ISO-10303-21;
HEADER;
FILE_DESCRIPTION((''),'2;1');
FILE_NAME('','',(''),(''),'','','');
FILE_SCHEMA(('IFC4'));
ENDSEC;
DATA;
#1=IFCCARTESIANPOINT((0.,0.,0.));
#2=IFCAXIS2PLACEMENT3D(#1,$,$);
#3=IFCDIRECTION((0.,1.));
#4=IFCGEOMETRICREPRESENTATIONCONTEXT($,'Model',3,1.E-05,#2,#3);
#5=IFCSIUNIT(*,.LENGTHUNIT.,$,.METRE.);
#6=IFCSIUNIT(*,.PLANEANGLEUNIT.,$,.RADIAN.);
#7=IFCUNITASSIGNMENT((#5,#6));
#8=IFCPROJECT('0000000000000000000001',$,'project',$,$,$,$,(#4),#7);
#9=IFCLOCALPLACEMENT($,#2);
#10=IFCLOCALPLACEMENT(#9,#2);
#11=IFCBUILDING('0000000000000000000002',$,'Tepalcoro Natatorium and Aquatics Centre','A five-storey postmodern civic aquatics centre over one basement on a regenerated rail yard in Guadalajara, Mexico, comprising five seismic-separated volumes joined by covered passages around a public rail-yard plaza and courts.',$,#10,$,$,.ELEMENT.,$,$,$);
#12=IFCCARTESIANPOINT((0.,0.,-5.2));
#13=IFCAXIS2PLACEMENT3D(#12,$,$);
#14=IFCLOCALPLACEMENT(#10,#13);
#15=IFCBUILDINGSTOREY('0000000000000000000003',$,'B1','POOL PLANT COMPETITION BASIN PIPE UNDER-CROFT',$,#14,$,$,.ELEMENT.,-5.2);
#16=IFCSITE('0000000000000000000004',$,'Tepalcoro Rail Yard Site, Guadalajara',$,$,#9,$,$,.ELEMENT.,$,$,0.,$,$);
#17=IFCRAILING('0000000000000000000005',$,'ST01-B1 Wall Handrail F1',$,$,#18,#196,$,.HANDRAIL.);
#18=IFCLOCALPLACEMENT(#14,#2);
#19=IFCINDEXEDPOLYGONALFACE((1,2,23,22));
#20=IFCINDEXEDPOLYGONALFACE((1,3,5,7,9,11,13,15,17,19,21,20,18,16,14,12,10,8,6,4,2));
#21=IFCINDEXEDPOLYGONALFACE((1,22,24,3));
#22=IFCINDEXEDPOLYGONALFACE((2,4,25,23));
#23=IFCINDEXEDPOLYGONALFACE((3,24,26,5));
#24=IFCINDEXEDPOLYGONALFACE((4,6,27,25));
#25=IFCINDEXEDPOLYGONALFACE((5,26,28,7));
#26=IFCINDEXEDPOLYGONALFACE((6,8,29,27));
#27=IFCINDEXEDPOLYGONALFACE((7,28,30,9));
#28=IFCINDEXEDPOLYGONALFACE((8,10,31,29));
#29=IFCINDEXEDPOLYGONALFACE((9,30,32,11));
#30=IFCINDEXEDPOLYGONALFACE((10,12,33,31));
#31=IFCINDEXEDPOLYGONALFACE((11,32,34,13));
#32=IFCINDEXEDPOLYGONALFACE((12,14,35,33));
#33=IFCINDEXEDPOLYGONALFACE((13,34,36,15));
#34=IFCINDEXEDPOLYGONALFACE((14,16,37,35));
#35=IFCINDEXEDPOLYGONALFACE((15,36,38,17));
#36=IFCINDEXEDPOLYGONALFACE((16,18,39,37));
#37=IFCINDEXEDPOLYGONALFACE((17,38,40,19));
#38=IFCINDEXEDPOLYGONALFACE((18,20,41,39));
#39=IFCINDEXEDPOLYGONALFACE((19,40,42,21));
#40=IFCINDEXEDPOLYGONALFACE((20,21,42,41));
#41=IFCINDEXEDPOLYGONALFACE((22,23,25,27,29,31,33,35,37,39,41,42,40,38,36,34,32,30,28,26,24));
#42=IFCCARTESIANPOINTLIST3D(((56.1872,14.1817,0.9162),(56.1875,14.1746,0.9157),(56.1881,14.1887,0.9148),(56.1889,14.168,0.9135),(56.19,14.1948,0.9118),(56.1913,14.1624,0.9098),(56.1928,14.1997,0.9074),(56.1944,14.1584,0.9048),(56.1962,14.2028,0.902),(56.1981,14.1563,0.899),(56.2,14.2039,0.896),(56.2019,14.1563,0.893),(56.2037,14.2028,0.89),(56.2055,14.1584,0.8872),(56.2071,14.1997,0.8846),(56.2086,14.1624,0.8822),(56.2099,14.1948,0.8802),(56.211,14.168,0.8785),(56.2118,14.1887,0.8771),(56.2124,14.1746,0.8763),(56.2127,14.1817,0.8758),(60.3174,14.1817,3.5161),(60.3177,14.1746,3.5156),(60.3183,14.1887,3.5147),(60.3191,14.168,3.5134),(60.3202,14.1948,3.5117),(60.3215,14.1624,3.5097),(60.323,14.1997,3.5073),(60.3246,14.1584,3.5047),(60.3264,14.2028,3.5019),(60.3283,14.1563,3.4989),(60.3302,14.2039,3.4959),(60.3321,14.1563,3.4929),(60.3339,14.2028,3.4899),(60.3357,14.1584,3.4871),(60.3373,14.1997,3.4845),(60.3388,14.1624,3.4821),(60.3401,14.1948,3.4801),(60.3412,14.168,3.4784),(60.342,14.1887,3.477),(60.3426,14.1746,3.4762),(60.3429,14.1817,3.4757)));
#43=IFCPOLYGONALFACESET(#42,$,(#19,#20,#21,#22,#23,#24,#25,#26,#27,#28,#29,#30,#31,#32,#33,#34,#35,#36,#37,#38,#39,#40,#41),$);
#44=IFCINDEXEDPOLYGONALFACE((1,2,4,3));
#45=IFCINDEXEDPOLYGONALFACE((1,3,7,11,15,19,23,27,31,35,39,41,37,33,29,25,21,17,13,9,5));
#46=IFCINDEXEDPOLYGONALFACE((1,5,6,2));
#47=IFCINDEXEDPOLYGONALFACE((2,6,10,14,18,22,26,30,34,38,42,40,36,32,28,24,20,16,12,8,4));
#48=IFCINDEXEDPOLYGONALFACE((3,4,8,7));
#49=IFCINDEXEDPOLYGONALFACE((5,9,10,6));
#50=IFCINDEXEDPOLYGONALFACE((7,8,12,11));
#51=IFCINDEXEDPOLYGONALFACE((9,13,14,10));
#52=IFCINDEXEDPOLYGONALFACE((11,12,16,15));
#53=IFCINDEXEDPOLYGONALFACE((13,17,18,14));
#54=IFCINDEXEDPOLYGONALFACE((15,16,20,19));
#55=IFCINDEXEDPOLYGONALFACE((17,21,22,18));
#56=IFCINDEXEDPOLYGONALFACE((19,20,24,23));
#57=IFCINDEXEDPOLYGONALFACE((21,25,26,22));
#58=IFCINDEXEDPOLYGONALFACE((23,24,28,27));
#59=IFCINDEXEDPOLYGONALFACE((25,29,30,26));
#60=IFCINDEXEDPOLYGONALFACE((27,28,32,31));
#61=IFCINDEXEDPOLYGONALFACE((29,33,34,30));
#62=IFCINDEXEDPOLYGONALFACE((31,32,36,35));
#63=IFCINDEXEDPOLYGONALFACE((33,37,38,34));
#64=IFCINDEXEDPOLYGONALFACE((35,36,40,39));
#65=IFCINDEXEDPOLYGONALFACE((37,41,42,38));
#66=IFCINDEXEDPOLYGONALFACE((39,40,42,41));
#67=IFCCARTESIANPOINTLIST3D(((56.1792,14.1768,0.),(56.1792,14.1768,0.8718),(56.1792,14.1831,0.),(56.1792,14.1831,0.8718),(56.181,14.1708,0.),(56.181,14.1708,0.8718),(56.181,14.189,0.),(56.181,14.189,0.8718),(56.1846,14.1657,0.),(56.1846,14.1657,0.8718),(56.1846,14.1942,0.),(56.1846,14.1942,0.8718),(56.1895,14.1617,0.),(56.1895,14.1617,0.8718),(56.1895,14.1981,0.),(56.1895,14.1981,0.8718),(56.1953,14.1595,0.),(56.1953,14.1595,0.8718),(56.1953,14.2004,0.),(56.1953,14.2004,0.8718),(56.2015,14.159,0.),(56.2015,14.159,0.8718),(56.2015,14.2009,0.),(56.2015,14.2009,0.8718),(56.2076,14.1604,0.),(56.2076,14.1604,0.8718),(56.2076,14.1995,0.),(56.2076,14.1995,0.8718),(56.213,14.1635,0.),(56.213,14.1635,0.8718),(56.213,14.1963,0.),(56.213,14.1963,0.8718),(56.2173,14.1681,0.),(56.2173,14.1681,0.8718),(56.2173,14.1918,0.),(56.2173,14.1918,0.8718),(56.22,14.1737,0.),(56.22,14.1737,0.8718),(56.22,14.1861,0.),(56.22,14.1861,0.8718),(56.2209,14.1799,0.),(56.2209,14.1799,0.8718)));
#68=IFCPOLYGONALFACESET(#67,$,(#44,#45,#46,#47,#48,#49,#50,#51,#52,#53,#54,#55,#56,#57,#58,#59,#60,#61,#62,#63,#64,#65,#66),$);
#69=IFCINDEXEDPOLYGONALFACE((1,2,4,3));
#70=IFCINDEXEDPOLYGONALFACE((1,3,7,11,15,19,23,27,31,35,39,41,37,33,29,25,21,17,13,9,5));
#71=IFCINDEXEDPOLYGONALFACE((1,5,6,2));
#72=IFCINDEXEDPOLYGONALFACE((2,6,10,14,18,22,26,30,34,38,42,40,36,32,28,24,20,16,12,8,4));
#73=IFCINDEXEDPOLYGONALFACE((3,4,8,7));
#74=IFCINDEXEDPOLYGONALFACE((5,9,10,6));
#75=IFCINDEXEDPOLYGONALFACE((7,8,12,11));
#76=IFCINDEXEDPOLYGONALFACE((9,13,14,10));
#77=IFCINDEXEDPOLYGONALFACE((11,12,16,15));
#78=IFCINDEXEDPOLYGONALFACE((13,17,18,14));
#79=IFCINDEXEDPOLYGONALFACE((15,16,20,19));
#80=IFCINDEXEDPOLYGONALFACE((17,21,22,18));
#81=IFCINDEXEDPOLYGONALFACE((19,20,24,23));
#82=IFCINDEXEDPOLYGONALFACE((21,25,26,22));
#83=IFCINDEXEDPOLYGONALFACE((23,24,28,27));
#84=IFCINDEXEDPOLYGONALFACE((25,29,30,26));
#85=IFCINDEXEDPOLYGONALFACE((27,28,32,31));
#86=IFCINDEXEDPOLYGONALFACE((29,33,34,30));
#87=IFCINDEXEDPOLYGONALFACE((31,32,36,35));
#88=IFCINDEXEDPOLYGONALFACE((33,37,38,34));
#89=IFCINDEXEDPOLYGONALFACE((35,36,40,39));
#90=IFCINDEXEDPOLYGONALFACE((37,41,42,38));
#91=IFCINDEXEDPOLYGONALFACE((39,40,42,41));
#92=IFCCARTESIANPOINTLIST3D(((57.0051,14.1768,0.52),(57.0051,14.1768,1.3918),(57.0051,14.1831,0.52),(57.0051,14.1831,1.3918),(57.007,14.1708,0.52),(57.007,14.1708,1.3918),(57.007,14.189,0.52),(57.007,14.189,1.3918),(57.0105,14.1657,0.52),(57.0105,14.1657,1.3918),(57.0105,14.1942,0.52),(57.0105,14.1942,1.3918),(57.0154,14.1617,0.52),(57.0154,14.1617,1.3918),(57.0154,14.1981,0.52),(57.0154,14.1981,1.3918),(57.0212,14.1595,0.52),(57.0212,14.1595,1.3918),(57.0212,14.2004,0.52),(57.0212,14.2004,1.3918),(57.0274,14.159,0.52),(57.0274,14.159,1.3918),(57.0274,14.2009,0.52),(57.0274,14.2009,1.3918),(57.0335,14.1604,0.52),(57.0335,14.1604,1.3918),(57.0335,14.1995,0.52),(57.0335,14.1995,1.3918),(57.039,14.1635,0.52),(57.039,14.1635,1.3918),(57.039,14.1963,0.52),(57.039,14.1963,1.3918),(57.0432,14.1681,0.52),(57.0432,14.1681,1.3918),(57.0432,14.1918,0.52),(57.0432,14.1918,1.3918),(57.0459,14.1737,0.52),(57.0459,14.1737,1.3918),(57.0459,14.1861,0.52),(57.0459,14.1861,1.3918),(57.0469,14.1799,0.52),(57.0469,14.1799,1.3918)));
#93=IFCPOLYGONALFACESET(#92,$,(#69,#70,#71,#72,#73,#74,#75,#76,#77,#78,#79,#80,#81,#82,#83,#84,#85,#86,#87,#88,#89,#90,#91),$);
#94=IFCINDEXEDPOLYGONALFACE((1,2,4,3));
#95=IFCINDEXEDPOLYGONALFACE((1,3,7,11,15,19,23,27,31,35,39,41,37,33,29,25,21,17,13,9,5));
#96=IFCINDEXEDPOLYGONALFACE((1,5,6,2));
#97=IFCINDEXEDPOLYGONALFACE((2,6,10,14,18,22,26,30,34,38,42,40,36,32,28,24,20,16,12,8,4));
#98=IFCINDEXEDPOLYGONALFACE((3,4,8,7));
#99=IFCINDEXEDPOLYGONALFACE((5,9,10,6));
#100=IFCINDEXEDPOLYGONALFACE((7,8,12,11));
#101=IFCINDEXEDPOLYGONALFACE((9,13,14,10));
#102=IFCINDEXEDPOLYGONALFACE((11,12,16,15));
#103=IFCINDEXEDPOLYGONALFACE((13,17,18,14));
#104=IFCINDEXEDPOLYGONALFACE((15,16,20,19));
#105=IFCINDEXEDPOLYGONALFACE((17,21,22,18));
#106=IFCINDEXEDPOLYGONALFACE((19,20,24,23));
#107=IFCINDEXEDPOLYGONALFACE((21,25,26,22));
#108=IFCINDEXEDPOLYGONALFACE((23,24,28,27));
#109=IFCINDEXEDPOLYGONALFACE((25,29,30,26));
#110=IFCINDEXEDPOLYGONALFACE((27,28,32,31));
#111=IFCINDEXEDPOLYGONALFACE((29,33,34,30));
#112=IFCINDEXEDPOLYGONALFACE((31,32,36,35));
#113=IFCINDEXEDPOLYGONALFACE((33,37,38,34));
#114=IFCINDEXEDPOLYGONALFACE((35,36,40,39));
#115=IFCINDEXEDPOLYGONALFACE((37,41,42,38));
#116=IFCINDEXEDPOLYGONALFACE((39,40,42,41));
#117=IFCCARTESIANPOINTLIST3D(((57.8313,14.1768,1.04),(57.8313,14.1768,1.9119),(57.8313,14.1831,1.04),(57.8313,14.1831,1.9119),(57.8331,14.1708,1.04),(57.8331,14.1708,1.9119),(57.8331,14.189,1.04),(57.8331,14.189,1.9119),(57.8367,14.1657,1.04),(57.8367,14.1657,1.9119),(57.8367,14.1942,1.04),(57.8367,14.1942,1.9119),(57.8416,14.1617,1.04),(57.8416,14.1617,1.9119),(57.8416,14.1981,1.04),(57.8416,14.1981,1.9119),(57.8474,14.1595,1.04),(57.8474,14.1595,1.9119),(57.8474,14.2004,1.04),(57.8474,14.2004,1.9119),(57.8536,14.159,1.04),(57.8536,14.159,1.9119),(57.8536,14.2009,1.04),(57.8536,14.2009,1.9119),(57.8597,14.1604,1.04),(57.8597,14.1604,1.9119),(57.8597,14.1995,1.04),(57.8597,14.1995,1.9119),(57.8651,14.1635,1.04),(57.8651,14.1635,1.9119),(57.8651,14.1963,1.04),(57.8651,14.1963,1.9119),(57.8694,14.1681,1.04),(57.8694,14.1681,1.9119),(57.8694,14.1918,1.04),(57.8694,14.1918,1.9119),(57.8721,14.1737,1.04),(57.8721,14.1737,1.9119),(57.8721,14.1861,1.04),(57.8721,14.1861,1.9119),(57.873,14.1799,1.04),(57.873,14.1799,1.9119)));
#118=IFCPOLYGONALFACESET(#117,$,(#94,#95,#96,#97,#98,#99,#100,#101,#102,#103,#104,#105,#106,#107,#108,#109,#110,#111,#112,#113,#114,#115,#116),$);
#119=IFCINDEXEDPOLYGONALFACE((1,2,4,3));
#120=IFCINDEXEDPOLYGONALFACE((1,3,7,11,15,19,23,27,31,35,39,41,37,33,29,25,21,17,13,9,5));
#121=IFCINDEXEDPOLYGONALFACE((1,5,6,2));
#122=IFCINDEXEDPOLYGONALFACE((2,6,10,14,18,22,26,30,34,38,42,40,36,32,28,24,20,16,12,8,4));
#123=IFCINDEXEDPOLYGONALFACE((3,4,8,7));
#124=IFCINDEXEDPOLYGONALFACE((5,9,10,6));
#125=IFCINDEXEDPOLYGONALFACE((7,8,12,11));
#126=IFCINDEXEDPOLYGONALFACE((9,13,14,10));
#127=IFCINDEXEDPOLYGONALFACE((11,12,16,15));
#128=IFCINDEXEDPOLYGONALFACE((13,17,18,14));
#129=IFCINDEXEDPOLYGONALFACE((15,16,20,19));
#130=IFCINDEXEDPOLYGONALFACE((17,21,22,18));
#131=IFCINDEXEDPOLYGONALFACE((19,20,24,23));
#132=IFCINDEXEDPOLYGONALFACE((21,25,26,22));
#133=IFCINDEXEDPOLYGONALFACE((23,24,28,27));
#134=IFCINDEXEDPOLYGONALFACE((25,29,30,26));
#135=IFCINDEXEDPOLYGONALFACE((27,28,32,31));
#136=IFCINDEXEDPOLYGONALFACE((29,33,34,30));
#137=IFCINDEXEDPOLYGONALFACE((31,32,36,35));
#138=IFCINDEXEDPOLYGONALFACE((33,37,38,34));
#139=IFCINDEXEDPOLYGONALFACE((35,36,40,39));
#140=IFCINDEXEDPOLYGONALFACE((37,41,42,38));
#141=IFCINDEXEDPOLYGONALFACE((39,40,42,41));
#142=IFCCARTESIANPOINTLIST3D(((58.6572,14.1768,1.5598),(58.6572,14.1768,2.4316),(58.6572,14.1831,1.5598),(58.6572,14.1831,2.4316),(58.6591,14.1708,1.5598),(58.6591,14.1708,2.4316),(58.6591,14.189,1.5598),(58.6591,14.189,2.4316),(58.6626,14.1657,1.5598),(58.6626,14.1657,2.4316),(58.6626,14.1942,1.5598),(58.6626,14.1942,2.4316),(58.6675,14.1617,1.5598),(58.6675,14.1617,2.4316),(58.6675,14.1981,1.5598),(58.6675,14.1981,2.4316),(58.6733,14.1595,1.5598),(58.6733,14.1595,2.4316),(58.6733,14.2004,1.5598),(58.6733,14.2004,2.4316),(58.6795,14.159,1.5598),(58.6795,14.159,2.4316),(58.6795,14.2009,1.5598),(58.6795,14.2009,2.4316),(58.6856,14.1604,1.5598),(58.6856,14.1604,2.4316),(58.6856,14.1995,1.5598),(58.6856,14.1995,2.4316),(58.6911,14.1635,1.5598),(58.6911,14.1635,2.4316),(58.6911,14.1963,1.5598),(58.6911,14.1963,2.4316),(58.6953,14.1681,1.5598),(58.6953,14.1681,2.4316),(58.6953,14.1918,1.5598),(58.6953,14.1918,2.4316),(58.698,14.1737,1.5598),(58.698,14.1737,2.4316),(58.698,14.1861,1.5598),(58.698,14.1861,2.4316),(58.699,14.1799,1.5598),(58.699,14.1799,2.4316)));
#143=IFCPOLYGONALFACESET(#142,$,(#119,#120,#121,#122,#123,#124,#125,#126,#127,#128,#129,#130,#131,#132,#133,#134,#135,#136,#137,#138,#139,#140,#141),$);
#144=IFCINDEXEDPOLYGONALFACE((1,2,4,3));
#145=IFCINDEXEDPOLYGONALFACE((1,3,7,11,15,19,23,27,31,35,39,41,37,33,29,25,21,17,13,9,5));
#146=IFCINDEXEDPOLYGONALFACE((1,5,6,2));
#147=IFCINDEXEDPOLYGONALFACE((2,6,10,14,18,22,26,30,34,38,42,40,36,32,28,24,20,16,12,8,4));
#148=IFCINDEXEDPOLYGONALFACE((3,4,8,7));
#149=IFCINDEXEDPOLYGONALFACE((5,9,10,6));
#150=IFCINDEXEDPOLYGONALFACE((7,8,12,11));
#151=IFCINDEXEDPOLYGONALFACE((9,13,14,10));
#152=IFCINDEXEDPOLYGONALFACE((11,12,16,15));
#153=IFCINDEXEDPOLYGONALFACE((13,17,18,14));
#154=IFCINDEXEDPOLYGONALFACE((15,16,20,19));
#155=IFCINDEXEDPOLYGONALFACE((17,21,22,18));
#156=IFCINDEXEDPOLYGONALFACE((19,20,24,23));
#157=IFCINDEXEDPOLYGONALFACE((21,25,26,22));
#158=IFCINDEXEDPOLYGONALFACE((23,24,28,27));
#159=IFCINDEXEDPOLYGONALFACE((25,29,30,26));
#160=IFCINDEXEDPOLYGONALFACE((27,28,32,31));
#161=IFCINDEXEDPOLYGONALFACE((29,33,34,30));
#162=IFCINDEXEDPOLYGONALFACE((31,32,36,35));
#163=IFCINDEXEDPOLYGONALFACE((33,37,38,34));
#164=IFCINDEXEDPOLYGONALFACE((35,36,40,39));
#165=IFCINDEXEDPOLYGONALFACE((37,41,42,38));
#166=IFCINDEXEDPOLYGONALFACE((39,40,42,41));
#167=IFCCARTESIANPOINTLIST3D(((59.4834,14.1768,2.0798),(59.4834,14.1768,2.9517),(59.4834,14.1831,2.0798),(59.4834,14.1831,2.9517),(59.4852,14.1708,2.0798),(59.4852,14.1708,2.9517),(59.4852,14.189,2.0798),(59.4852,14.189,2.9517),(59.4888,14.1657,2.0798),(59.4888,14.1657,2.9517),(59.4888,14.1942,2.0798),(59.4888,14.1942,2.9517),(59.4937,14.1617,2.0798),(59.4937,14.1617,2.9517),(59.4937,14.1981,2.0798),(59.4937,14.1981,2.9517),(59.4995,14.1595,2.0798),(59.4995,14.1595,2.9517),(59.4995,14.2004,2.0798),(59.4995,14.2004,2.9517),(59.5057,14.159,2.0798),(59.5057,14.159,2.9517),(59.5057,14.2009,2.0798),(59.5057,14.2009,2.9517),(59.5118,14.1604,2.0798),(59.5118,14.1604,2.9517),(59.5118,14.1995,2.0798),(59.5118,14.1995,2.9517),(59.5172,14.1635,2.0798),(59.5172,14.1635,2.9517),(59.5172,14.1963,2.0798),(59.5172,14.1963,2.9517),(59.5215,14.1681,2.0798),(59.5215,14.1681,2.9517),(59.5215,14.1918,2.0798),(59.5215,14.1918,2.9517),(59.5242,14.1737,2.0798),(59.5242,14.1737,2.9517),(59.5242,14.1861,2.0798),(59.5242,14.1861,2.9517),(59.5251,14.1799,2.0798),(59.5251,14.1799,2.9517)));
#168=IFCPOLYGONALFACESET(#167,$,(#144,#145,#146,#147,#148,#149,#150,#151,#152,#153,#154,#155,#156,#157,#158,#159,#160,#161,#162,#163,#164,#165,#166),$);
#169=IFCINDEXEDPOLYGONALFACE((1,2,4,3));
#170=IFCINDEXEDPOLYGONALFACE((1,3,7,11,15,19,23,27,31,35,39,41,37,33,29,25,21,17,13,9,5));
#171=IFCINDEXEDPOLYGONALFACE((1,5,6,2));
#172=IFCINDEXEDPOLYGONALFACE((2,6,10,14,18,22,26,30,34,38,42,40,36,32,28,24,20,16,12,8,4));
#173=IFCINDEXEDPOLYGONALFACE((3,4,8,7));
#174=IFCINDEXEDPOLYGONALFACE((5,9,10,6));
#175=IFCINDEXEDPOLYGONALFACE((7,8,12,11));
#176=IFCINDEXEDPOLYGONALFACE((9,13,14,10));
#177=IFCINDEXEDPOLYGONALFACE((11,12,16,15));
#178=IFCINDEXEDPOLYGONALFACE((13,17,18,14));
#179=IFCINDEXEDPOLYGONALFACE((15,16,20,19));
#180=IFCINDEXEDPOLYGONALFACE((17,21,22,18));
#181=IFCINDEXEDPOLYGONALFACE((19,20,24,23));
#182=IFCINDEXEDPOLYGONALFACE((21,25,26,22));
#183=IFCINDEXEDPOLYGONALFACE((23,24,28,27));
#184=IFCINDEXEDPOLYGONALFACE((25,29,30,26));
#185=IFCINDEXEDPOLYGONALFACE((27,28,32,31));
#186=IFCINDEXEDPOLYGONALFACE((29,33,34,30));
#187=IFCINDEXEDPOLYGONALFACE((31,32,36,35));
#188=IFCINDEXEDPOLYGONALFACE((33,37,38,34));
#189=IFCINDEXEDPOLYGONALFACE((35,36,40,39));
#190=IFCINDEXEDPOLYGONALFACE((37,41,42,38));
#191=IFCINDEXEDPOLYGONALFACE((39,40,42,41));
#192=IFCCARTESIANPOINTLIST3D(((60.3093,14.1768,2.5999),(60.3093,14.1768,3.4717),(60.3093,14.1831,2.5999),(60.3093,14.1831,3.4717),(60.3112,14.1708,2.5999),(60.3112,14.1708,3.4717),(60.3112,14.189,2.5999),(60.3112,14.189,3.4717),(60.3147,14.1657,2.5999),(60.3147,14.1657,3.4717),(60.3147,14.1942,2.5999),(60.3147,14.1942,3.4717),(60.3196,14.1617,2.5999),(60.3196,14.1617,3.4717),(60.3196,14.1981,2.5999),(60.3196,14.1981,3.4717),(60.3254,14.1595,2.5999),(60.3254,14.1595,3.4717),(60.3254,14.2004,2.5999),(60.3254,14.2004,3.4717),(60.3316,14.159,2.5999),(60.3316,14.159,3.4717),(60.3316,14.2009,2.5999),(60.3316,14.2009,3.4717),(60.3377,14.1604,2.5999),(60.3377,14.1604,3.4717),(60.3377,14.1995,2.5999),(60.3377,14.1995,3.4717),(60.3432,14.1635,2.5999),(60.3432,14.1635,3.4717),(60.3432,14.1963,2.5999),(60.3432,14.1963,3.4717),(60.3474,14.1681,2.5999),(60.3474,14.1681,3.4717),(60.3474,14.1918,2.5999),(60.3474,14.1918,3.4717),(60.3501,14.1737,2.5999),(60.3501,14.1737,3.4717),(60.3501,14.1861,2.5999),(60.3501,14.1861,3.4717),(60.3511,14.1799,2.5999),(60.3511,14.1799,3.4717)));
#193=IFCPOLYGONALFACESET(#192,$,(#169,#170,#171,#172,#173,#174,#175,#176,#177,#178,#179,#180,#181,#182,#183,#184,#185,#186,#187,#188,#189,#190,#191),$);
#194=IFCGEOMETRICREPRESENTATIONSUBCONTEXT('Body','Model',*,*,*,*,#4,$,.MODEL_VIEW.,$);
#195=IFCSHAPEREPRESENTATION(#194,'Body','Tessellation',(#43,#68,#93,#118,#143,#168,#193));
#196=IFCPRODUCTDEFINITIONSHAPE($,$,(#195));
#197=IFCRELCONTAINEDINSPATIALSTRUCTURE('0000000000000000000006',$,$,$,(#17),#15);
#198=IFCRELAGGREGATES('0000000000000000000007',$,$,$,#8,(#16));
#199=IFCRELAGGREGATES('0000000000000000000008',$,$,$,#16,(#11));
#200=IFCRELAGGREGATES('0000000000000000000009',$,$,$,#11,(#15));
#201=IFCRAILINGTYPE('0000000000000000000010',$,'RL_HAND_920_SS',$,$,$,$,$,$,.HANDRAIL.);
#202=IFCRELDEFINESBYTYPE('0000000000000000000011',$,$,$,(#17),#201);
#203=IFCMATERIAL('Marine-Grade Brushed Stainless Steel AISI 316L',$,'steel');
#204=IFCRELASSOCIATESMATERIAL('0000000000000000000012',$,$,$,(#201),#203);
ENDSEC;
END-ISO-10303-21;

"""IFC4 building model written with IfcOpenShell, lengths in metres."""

from ifc_helpers import new_model, si_unit, direction, frame, origin, origin_2d, place, context, subcontext, project, spatial, circle, extrude, material, type_object, element, save


model = new_model("IFC4")

# Units and contexts
model_context = context("Model", 3, precision=1e-05, world=origin(), true_north=direction((0.0, 1.0)))
body_context = subcontext(model_context, "Body", "Model", "MODEL_VIEW")
ifc_project = project(units=[si_unit("LENGTHUNIT", "METRE"), si_unit("PLANEANGLEUNIT", "RADIAN")], contexts=[model_context])

# Site, building, storey
site_placement = place(None, origin())
site = spatial("IfcSite", under=ifc_project, at=site_placement, Name="Tepalcoro Rail Yard Site, Guadalajara", CompositionType="ELEMENT", RefElevation=0.0)
building_placement = place(site_placement, origin())
building = spatial("IfcBuilding", under=site, at=building_placement, Name="Tepalcoro Natatorium and Aquatics Centre", Description="A five-storey postmodern civic aquatics centre over one basement on a regenerated rail yard in Guadalajara, Mexico, comprising five seismic-separated volumes joined by covered passages around a public rail-yard plaza and courts.", CompositionType="ELEMENT")
storey_placement = place(building_placement, frame((0.0, 0.0, -5.2)))
storey = spatial("IfcBuildingStorey", under=building, at=storey_placement, Name="B1", Description="POOL PLANT COMPETITION BASIN PIPE UNDER-CROFT", CompositionType="ELEMENT", Elevation=-5.2)

# Railing
ifc_material_1 = material(Name="Marine-Grade Brushed Stainless Steel AISI 316L", Category="steel")
railing_type = type_object("IfcRailingType", Name="RL_HAND_920_SS", PredefinedType="HANDRAIL", material=ifc_material_1)
railing_placement = place(storey_placement, frame((56.2, 14.1799, 0.0)))
element("IfcRailing", 1, at=railing_placement, inside=storey, type_object=railing_type, Name="ST01-B1 Wall Handrail F1", PredefinedType="HANDRAIL", context=body_context, shape_type="SweptSolid", body=[
    extrude(circle(Radius=0.0239, at=origin_2d()), frame((0.0, 0.0, 0.896), z_axis=(0.846288, 0.0, 0.532726), x_axis=(0.0, 1.0, 0.0)), (0.0, 0.0, 1.0), 4.8804),
    extrude(circle(Radius=0.021, at=origin_2d()), origin(), (0.0, 0.0, 1.0), 0.8718),
    extrude(circle(Radius=0.021, at=origin_2d()), frame((0.8259, 0.0, 0.52)), (0.0, 0.0, 1.0), 0.8718),
    extrude(circle(Radius=0.021, at=origin_2d()), frame((1.6521, 0.0, 1.04)), (0.0, 0.0, 1.0), 0.8718),
    extrude(circle(Radius=0.021, at=origin_2d()), frame((2.478, 0.0, 1.5598)), (0.0, 0.0, 1.0), 0.8718),
    extrude(circle(Radius=0.021, at=origin_2d()), frame((3.3042, 0.0, 2.0798)), (0.0, 0.0, 1.0), 0.8718),
    extrude(circle(Radius=0.021, at=origin_2d()), frame((4.1301, 0.0, 2.5999)), (0.0, 0.0, 1.0), 0.8718),
])

save(model, "model.ifc")
